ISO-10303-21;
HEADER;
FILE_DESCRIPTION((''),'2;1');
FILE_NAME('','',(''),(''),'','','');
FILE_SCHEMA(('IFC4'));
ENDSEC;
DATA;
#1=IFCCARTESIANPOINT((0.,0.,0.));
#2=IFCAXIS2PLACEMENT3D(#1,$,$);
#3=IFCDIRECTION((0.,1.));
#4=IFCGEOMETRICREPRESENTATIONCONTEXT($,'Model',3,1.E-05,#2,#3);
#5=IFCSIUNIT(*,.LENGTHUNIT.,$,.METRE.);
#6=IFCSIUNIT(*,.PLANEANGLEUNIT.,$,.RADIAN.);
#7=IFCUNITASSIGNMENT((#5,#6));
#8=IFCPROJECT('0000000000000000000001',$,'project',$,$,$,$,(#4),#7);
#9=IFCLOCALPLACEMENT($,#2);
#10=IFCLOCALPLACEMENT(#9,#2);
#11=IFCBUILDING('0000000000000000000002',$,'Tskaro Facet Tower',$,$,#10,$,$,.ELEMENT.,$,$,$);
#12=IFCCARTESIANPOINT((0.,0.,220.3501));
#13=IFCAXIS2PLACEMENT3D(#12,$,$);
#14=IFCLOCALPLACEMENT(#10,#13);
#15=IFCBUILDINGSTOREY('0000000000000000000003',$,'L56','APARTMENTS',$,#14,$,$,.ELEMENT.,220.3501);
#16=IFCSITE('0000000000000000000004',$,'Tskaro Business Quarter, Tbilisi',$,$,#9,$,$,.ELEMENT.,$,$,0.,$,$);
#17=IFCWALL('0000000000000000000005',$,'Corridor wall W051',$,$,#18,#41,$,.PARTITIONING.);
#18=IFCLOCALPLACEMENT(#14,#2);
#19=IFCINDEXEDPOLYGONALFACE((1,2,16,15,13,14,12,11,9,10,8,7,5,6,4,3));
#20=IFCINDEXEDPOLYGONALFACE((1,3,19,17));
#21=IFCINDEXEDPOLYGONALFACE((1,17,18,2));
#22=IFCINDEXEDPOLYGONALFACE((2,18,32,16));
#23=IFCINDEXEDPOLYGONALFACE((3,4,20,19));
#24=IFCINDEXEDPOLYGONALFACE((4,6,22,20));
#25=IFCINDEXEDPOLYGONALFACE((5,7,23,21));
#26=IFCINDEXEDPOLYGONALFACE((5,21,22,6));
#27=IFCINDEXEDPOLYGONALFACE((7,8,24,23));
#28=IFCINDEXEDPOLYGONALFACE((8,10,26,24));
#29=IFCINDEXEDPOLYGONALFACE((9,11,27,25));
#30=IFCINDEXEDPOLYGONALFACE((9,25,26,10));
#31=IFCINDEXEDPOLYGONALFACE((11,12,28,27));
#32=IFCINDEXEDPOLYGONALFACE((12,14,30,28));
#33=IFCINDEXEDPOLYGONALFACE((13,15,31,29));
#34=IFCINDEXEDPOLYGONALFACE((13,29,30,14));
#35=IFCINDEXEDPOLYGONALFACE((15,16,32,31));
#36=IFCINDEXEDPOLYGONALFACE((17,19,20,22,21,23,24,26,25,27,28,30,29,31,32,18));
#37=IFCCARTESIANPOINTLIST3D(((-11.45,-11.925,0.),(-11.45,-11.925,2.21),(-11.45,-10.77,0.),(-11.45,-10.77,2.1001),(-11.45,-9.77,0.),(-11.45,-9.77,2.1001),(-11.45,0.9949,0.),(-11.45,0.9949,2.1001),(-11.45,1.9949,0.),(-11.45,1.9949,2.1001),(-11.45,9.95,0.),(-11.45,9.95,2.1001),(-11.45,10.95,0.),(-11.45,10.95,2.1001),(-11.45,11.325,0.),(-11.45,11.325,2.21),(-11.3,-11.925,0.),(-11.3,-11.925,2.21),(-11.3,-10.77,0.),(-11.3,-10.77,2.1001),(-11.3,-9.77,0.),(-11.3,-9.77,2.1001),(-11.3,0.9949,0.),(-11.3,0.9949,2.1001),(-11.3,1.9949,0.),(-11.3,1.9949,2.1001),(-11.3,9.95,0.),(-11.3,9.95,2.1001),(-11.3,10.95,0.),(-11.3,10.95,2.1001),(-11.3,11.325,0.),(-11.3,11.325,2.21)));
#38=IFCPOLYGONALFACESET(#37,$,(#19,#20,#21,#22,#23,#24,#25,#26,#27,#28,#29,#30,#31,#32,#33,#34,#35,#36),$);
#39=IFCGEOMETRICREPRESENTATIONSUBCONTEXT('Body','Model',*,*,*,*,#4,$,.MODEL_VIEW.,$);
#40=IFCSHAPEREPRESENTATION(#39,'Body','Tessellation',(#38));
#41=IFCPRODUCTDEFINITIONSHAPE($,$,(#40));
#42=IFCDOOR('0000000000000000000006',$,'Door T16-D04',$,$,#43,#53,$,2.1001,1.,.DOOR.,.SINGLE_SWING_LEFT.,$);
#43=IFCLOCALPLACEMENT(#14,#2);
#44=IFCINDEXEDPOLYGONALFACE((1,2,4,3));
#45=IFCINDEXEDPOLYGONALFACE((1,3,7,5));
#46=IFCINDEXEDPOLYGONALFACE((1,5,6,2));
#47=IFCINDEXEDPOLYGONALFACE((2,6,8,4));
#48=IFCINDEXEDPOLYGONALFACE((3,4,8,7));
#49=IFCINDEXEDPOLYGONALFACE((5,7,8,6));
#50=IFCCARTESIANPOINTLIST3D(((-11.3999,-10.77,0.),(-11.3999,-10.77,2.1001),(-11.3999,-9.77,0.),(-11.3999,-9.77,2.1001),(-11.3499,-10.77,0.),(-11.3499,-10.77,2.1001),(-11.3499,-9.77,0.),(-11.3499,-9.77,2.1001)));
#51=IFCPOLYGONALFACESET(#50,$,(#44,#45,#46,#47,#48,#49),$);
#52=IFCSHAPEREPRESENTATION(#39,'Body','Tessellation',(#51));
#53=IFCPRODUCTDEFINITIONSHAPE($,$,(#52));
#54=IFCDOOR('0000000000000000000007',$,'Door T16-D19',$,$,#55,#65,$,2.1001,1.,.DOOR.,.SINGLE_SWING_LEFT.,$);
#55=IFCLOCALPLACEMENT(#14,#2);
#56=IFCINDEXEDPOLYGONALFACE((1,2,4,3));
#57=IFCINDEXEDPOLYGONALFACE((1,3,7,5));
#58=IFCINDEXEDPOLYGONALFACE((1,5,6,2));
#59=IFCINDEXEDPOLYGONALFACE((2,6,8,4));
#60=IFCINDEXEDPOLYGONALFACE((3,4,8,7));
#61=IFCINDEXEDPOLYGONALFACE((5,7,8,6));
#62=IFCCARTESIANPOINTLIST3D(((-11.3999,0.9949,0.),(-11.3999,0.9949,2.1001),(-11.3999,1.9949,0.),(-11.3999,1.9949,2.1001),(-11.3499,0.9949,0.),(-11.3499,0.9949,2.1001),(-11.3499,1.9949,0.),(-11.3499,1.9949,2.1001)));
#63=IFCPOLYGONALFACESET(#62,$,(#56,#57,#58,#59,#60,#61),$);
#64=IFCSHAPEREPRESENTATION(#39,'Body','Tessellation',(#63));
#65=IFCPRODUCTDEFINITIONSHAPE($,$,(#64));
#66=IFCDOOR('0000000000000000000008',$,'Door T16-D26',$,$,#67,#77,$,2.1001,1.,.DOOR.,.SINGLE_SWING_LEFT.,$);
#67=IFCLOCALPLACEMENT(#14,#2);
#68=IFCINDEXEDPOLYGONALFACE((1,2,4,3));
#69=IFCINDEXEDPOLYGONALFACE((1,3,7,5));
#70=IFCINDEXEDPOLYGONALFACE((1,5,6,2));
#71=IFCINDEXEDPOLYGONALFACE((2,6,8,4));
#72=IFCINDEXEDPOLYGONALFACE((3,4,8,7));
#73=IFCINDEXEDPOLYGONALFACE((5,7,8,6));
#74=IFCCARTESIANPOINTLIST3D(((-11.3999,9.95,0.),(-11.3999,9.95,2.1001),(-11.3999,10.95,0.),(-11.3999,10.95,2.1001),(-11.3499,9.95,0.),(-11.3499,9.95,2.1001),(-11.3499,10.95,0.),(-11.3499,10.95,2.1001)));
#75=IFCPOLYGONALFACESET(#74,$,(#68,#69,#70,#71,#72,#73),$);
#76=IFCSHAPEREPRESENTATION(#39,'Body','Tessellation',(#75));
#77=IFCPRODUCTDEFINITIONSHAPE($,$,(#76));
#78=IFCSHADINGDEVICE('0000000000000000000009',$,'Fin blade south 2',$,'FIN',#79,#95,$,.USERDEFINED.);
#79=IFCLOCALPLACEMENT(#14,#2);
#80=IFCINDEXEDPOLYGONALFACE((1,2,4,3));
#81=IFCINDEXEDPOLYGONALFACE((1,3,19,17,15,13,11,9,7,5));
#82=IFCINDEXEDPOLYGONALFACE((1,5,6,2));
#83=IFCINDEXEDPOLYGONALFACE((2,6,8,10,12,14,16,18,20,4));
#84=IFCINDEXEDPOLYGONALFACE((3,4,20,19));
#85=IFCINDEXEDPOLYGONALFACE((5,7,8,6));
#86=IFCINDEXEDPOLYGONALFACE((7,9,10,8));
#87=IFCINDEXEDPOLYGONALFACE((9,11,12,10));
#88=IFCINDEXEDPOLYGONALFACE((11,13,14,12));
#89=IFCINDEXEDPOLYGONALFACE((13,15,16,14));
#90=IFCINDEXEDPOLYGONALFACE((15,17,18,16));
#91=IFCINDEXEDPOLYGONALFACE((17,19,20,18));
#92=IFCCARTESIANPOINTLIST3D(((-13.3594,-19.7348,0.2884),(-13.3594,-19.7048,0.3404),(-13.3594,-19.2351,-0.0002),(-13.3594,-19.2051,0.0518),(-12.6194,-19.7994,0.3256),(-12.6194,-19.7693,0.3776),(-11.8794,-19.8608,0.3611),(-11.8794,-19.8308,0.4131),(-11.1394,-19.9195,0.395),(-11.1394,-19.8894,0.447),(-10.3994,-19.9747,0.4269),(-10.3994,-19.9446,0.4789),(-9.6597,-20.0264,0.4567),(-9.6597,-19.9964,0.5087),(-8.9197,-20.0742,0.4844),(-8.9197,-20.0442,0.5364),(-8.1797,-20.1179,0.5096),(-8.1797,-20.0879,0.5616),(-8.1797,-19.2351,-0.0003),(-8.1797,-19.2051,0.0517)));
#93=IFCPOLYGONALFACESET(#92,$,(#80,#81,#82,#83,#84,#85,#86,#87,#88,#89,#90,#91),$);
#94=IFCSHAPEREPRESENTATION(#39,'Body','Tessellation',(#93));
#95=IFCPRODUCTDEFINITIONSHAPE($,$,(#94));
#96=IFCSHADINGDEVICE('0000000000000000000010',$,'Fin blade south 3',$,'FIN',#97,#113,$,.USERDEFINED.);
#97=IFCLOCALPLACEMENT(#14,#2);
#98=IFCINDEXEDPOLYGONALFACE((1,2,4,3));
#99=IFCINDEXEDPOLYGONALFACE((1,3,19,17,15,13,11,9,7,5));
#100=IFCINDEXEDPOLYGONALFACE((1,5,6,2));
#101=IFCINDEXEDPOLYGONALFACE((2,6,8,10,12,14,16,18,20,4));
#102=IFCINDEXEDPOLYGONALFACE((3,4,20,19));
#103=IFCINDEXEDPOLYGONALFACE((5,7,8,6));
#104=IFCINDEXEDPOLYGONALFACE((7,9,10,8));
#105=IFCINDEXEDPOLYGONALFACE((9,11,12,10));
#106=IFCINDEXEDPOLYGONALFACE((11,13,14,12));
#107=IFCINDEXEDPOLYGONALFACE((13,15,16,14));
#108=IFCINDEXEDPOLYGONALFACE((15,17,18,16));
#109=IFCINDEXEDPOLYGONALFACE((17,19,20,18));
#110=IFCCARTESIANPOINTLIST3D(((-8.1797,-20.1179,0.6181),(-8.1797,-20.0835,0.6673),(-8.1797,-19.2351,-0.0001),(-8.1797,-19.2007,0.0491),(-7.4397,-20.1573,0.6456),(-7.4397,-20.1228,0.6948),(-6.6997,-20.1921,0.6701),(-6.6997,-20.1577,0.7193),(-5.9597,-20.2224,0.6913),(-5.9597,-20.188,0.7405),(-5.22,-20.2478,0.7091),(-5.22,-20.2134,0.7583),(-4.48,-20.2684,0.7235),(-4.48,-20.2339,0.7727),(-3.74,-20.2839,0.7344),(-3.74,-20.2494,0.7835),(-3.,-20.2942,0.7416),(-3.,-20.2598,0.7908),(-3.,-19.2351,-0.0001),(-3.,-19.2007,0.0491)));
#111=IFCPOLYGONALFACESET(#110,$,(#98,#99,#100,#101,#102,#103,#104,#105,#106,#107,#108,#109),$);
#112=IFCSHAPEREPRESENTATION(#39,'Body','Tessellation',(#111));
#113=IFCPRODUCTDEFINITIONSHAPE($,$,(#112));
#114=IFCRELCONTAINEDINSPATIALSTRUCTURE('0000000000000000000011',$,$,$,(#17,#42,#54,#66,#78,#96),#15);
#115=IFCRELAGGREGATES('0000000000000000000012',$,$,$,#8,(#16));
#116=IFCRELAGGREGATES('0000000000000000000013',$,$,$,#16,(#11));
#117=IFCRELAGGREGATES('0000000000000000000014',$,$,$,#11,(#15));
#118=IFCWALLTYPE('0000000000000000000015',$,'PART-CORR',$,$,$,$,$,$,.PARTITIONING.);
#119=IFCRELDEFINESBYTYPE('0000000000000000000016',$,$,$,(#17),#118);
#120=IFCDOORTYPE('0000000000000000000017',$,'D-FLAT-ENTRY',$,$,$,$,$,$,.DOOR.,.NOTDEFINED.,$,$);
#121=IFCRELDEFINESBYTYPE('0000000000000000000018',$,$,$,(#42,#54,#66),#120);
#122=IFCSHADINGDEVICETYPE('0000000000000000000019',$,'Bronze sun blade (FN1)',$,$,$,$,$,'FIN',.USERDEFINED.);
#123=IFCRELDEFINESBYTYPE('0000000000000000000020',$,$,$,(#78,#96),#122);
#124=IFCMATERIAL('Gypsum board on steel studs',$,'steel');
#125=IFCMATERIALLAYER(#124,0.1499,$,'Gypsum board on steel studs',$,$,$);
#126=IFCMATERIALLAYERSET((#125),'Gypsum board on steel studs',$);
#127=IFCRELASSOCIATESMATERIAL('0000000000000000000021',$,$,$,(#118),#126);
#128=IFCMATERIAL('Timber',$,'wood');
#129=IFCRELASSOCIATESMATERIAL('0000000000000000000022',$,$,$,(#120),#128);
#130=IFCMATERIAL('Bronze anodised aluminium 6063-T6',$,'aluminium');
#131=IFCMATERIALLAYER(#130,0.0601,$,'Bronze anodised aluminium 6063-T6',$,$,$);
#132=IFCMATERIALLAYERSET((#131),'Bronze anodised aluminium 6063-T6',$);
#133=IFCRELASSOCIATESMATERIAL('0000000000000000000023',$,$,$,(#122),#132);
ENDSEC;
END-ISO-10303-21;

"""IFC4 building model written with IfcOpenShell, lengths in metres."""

from ifc_helpers import new_model, si_unit, direction, frame, frame_2d, origin, place, context, subcontext, project, spatial, polyline, rectangle, outline, extrude, material, layer, layer_set, type_object, element, fill, save


model = new_model("IFC4")

# Units and contexts
model_context = context("Model", 3, precision=1e-05, world=origin(), true_north=direction((0.0, 1.0)))
body_context = subcontext(model_context, "Body", "Model", "MODEL_VIEW")
ifc_project = project(units=[si_unit("LENGTHUNIT", "METRE"), si_unit("PLANEANGLEUNIT", "RADIAN")], contexts=[model_context])

# Site, building, storey
site_placement = place(None, origin())
site = spatial("IfcSite", under=ifc_project, at=site_placement, Name="Tskaro Business Quarter, Tbilisi", CompositionType="ELEMENT", RefElevation=0.0)
building_placement = place(site_placement, origin())
building = spatial("IfcBuilding", under=site, at=building_placement, Name="Tskaro Facet Tower", CompositionType="ELEMENT")
storey_placement = place(building_placement, frame((0.0, 0.0, 220.3501)))
storey = spatial("IfcBuildingStorey", under=building, at=storey_placement, Name="L56", Description="APARTMENTS", CompositionType="ELEMENT", Elevation=220.3501)

# Shared definitions
ifc_material_1 = material(Name="Bronze anodised aluminium 6063-T6", Category="aluminium")

# Shared definitions
ifc_material_2 = material(Name="Gypsum board on steel studs", Category="steel")
ifc_material_3 = material(Name="Timber", Category="wood")

# Shared definitions
ifc_layer_1 = layer(ifc_material_2, 0.1499, Name="Gypsum board on steel studs")
ifc_layer_set_1 = layer_set([ifc_layer_1], Name="Gypsum board on steel studs")
wall_type_1 = type_object("IfcWallType", Name="PART-CORR", PredefinedType="PARTITIONING", material=ifc_layer_set_1)

# Wall, openings, doors
wall_1_placement = place(storey_placement, frame((-11.375, -11.925, 0.0), z_axis=(0.0, 0.0, 1.0), x_axis=(0.0, 1.0, 0.0)))
wall_1 = element("IfcWall", 1, at=wall_1_placement, inside=storey, type_object=wall_type_1, Name="Corridor wall W051", PredefinedType="PARTITIONING", context=body_context, shape_type="SweptSolid", body=[
    extrude(rectangle(XDim=23.25, YDim=0.1499, at=frame_2d((11.625, 0.0))), origin(), (0.0, 0.0, 1.0), 2.21),
])
opening_1_placement = place(wall_1_placement, frame((1.155, 0.0, 0.0)))
opening_1 = element("IfcOpeningElement", 2, at=opening_1_placement, cuts=wall_1, PredefinedType="OPENING", context=body_context, shape_type="SweptSolid", body=[
    extrude(rectangle(XDim=1.0, YDim=2.1001, at=frame_2d((0.5, 1.05))), frame((0.0, 0.085, 0.0), z_axis=(0.0, -1.0, 0.0), x_axis=(1.0, 0.0, 0.0)), (0.0, 0.0, 1.0), 0.1699),
])
opening_2_placement = place(wall_1_placement, frame((12.9199, 0.0, 0.0)))
opening_2 = element("IfcOpeningElement", 3, at=opening_2_placement, cuts=wall_1, PredefinedType="OPENING", context=body_context, shape_type="SweptSolid", body=[
    extrude(rectangle(XDim=1.0, YDim=2.1001, at=frame_2d((0.5, 1.05))), frame((0.0, 0.085, 0.0), z_axis=(0.0, -1.0, 0.0), x_axis=(1.0, 0.0, 0.0)), (0.0, 0.0, 1.0), 0.1699),
])
opening_3_placement = place(wall_1_placement, frame((21.875, 0.0, 0.0)))
opening_3 = element("IfcOpeningElement", 4, at=opening_3_placement, cuts=wall_1, PredefinedType="OPENING", context=body_context, shape_type="SweptSolid", body=[
    extrude(rectangle(XDim=1.0, YDim=2.1001, at=frame_2d((0.5, 1.05))), frame((0.0, 0.085, 0.0), z_axis=(0.0, -1.0, 0.0), x_axis=(1.0, 0.0, 0.0)), (0.0, 0.0, 1.0), 0.1699),
])
door_type_1 = type_object("IfcDoorType", Name="D-FLAT-ENTRY", OperationType="NOTDEFINED", PredefinedType="DOOR", material=ifc_material_3)
door_1_placement = place(opening_1_placement, origin())
door_1 = element("IfcDoor", 5, at=door_1_placement, inside=storey, type_object=door_type_1, Name="Door T16-D04", OperationType="SINGLE_SWING_LEFT", OverallHeight=2.1001, OverallWidth=1.0, PredefinedType="DOOR", context=body_context, shape_type="SweptSolid", body=[
    extrude(rectangle(XDim=1.0, YDim=2.1001, at=frame_2d((0.5, 1.05))), frame((0.0, 0.0249, 0.0), z_axis=(0.0, -1.0, 0.0), x_axis=(1.0, 0.0, 0.0)), (0.0, 0.0, 1.0), 0.05),
])
fill(opening_1, door_1)
door_2_placement = place(opening_2_placement, origin())
door_2 = element("IfcDoor", 6, at=door_2_placement, inside=storey, type_object=door_type_1, Name="Door T16-D19", OperationType="SINGLE_SWING_LEFT", OverallHeight=2.1001, OverallWidth=1.0, PredefinedType="DOOR", context=body_context, shape_type="SweptSolid", body=[
    extrude(rectangle(XDim=1.0, YDim=2.1001, at=frame_2d((0.5, 1.05))), frame((0.0, 0.0249, 0.0), z_axis=(0.0, -1.0, 0.0), x_axis=(1.0, 0.0, 0.0)), (0.0, 0.0, 1.0), 0.05),
])
fill(opening_2, door_2)
door_3_placement = place(opening_3_placement, origin())
door_3 = element("IfcDoor", 7, at=door_3_placement, inside=storey, type_object=door_type_1, Name="Door T16-D26", OperationType="SINGLE_SWING_LEFT", OverallHeight=2.1001, OverallWidth=1.0, PredefinedType="DOOR", context=body_context, shape_type="SweptSolid", body=[
    extrude(rectangle(XDim=1.0, YDim=2.1001, at=frame_2d((0.5, 1.05))), frame((0.0, 0.0249, 0.0), z_axis=(0.0, -1.0, 0.0), x_axis=(1.0, 0.0, 0.0)), (0.0, 0.0, 1.0), 0.05),
])
fill(opening_3, door_3)

# Shading devices
ifc_layer_2 = layer(ifc_material_1, 0.0601, Name="Bronze anodised aluminium 6063-T6")
ifc_layer_set_2 = layer_set([ifc_layer_2], Name="Bronze anodised aluminium 6063-T6")
shading_device_type = type_object("IfcShadingDeviceType", Name="Bronze sun blade (FN1)", ElementType="FIN", PredefinedType="USERDEFINED", material=ifc_layer_set_2)
shading_device_1_placement = place(storey_placement, frame((-13.3594, -19.2051, 0.0518), z_axis=(0.000009, 0.500147, 0.865941), x_axis=(1.0, -0.000004, -0.000008)))
element("IfcShadingDevice", 8, at=shading_device_1_placement, inside=storey, type_object=shading_device_type, Name="Fin blade south 2", ObjectType="FIN", PredefinedType="USERDEFINED", context=body_context, shape_type="SweptSolid", body=[
    extrude(outline(polyline([(0.0, 0.0), (5.1797, 0.0), (5.1797, -1.0194), (4.4397, -0.969), (3.6997, -0.9138), (2.96, -0.8541), (2.22, -0.7903), (1.48, -0.7226), (0.74, -0.6516), (0.0, -0.5771), (0.0, 0.0)])), origin(), (0.0, 0.0, -1.0), 0.0601),
])
shading_device_2_placement = place(storey_placement, frame((-8.1797, -19.2007, 0.0491), z_axis=(-0.000007, 0.573621, 0.819121), x_axis=(1.0, 0.000004, 0.000006)))
element("IfcShadingDevice", 9, at=shading_device_2_placement, inside=storey, type_object=shading_device_type, Name="Fin blade south 3", ObjectType="FIN", PredefinedType="USERDEFINED", context=body_context, shape_type="SweptSolid", body=[
    extrude(outline(polyline([(0.0, 0.0), (5.1797, 0.0), (5.1797, -1.293), (4.4397, -1.2804), (3.6997, -1.2614), (2.9597, -1.2363), (2.22, -1.2053), (1.48, -1.1683), (0.74, -1.1257), (0.0, -1.0777), (0.0, 0.0)])), origin(), (0.0, 0.0, -1.0), 0.0601),
])

save(model, "model.ifc")
